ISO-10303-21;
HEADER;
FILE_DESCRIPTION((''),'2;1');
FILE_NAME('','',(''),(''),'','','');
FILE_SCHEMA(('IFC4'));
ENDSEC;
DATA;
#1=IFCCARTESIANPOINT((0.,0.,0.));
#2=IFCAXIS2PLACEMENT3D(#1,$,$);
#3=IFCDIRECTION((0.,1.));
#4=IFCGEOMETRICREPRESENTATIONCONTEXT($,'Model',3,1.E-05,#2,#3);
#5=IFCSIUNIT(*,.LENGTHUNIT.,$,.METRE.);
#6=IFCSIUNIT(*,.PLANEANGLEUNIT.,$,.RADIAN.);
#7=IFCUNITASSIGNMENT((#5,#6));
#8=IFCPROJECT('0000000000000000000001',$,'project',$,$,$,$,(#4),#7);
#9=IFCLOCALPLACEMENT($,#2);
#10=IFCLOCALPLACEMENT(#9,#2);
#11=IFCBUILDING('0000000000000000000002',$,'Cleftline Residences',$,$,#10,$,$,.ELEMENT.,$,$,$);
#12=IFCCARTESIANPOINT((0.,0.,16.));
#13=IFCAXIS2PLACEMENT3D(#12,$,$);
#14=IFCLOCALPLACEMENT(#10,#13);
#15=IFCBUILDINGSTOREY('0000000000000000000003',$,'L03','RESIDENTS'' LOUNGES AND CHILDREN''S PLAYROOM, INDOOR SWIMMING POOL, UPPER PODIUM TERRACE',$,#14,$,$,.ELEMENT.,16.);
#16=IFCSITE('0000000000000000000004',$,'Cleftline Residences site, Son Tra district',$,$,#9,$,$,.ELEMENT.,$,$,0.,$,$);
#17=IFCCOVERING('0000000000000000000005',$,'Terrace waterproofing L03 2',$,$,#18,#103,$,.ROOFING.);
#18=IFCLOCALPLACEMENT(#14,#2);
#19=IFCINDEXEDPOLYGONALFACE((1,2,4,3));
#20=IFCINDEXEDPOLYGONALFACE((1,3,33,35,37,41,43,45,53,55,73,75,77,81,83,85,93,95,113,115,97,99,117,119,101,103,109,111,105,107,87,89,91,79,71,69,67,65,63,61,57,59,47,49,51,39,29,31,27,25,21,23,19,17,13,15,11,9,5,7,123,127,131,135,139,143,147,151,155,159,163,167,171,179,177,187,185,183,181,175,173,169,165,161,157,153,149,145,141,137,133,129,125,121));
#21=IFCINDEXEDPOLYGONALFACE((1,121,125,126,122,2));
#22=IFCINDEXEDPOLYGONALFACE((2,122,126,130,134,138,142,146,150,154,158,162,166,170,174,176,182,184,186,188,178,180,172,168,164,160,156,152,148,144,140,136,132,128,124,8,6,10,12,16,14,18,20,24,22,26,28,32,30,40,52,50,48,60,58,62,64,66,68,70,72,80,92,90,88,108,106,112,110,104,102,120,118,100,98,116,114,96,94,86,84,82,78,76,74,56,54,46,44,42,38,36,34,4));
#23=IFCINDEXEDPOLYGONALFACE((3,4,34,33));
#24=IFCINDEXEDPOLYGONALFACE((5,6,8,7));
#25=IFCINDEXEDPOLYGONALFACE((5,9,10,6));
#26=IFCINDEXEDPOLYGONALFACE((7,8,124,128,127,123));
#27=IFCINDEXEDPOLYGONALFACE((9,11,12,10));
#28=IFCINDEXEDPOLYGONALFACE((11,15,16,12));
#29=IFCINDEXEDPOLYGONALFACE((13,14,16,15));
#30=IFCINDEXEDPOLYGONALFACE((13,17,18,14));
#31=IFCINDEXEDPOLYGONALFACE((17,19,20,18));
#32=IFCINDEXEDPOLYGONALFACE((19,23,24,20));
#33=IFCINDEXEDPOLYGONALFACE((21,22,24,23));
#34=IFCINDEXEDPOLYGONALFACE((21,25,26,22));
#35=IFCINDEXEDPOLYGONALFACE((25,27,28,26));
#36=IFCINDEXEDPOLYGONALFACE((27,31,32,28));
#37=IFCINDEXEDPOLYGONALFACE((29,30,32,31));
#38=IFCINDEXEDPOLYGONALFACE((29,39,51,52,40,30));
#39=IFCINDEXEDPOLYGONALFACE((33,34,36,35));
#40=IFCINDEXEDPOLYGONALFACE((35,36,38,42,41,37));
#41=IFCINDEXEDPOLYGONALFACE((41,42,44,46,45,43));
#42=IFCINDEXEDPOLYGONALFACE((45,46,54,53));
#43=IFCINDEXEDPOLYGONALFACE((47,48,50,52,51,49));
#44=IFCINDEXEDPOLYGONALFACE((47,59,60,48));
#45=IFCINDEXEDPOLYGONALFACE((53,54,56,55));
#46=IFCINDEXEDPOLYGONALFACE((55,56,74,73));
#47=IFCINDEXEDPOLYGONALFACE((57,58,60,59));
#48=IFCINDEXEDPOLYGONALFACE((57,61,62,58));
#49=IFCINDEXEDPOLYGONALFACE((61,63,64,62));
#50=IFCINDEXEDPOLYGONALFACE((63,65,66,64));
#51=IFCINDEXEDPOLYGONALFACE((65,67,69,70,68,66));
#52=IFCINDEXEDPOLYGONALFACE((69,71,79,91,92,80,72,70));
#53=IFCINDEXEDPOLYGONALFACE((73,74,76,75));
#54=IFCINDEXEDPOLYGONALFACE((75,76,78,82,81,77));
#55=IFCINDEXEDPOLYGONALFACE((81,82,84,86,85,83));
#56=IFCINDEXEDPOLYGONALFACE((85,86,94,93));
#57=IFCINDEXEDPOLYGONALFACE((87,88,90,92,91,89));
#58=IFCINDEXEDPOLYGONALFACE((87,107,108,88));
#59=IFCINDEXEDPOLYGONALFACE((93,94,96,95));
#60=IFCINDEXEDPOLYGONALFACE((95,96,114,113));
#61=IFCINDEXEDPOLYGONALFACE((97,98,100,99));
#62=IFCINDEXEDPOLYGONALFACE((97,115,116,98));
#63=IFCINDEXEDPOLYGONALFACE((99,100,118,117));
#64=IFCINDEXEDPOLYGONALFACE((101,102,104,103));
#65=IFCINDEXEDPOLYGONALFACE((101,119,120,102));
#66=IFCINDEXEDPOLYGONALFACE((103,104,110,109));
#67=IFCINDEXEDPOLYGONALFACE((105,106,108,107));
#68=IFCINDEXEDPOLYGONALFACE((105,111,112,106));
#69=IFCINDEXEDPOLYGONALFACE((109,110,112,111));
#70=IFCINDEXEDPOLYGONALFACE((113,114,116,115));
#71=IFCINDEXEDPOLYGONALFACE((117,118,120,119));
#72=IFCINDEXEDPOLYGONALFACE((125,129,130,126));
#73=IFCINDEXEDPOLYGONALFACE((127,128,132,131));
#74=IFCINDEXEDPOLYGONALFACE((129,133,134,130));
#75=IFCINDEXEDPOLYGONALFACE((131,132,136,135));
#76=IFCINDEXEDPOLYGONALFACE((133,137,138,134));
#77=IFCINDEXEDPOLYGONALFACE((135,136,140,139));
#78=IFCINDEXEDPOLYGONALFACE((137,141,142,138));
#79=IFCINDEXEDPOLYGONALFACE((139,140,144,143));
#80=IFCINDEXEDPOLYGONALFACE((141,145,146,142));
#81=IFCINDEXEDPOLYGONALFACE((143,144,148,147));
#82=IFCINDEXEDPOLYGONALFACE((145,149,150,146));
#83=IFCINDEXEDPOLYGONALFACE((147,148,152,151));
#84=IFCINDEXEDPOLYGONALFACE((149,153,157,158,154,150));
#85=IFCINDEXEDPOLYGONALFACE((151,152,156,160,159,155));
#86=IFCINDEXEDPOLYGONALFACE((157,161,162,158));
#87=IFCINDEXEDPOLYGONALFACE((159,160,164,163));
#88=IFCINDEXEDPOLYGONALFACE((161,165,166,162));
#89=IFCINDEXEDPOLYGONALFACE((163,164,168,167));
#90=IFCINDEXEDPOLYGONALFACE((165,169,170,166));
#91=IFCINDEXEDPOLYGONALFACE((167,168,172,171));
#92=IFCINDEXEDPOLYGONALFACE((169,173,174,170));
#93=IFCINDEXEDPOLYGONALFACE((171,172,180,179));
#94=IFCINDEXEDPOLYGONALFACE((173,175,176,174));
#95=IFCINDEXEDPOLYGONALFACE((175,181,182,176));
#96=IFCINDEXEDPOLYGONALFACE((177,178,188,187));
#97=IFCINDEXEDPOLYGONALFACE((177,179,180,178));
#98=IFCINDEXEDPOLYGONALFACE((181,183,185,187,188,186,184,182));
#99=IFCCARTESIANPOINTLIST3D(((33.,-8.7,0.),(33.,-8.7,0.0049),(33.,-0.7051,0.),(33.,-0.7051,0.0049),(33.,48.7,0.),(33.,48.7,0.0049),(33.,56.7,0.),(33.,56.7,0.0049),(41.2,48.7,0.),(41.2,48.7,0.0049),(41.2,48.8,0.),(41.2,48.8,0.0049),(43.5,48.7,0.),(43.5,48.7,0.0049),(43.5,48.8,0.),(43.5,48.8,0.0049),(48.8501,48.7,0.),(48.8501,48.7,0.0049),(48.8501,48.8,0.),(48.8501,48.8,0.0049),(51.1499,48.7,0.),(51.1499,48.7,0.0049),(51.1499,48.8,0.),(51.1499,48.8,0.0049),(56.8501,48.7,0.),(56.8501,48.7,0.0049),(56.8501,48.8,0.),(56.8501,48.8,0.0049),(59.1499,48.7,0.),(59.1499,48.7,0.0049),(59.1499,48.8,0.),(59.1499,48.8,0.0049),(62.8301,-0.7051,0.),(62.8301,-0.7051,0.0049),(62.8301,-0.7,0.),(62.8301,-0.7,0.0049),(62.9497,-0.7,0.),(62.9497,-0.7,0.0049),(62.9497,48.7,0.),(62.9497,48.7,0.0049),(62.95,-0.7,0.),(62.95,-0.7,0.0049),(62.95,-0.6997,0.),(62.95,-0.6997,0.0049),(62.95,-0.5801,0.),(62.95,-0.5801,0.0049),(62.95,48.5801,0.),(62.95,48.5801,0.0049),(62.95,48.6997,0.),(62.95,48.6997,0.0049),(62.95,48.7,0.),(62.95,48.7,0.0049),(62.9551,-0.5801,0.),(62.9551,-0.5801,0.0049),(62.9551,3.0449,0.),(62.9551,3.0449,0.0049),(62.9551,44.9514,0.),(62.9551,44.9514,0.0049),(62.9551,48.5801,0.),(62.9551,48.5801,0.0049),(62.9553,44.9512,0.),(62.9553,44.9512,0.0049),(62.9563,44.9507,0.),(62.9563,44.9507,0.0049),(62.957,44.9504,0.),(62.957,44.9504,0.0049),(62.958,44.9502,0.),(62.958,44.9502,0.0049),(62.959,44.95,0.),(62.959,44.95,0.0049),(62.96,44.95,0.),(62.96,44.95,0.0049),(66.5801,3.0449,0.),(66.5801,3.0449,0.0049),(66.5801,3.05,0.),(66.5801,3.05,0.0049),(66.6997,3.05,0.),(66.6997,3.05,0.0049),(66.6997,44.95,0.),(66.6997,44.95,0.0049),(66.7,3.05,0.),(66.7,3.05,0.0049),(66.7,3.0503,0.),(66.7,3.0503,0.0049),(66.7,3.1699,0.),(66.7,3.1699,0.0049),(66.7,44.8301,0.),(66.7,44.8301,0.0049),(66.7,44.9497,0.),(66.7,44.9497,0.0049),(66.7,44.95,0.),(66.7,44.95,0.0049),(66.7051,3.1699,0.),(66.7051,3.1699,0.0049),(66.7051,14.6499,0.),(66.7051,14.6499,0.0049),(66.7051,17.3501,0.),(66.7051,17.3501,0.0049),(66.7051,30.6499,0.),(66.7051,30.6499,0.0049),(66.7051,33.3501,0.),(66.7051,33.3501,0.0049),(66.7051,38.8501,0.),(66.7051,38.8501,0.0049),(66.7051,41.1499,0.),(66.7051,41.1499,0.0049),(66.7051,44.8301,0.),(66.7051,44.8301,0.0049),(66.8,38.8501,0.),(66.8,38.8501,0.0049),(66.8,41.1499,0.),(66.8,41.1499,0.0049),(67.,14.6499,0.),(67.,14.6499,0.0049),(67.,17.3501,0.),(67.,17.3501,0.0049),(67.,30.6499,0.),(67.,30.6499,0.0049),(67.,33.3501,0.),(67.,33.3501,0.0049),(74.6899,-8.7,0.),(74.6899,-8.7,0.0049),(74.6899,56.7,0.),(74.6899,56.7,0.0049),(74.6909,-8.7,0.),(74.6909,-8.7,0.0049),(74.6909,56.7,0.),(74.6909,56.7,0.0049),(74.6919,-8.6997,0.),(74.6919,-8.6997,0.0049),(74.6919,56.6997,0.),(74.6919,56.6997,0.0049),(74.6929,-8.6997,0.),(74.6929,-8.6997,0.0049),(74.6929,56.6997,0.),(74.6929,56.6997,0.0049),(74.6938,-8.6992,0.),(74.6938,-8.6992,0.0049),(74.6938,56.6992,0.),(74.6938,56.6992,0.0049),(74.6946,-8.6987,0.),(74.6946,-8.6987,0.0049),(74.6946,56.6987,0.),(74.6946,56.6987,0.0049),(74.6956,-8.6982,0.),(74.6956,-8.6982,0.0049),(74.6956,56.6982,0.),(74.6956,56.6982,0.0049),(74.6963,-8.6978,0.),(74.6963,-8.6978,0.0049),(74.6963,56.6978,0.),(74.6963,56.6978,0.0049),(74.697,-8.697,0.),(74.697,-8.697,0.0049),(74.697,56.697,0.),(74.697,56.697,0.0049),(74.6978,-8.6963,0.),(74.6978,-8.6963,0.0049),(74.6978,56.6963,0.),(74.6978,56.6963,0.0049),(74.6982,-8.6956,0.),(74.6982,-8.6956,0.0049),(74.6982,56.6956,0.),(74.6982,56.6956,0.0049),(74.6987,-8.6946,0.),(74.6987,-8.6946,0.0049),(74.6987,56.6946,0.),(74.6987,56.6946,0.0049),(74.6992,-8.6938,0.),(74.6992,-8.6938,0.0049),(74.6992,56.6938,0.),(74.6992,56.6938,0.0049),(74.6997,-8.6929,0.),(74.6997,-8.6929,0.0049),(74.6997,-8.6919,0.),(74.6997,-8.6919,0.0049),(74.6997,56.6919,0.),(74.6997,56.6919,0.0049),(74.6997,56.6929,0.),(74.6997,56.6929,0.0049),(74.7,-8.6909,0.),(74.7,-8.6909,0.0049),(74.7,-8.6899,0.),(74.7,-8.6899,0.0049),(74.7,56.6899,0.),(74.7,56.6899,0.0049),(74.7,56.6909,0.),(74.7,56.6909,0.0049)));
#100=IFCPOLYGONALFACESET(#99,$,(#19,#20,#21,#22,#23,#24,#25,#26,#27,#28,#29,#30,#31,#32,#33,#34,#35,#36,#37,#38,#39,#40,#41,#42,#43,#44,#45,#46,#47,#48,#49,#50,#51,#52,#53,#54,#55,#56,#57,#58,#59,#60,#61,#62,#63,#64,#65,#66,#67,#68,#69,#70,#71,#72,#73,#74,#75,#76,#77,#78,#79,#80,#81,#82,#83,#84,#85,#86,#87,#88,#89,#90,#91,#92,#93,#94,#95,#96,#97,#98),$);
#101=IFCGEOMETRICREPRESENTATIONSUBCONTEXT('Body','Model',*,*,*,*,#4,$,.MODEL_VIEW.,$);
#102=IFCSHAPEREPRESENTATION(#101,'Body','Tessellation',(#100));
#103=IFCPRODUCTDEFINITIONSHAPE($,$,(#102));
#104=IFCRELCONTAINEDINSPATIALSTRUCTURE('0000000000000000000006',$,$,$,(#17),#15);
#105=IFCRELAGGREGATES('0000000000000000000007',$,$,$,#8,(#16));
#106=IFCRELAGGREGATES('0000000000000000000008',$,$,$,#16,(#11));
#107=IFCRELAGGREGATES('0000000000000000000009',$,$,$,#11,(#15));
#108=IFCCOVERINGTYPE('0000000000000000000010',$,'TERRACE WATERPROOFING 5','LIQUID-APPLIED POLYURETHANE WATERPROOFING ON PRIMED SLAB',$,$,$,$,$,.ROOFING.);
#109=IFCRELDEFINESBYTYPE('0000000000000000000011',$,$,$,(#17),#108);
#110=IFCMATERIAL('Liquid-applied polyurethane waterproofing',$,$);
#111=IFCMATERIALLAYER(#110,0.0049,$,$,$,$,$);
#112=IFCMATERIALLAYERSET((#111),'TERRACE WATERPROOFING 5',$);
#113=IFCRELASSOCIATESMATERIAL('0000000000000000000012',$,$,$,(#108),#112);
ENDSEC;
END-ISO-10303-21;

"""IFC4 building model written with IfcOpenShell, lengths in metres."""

from ifc_helpers import new_model, si_unit, direction, frame, origin, place, context, subcontext, project, spatial, polyline, outline, extrude, material, layer, layer_set, type_object, element, save


model = new_model("IFC4")

# Units and contexts
model_context = context("Model", 3, precision=1e-05, world=origin(), true_north=direction((0.0, 1.0)))
body_context = subcontext(model_context, "Body", "Model", "MODEL_VIEW")
ifc_project = project(units=[si_unit("LENGTHUNIT", "METRE"), si_unit("PLANEANGLEUNIT", "RADIAN")], contexts=[model_context])

# Site, building, storey
site_placement = place(None, origin())
site = spatial("IfcSite", under=ifc_project, at=site_placement, Name="Cleftline Residences site, Son Tra district", CompositionType="ELEMENT", RefElevation=0.0)
building_placement = place(site_placement, origin())
building = spatial("IfcBuilding", under=site, at=building_placement, Name="Cleftline Residences", CompositionType="ELEMENT")
storey_placement = place(building_placement, frame((0.0, 0.0, 16.0)))
storey = spatial("IfcBuildingStorey", under=building, at=storey_placement, Name="L03", Description="RESIDENTS' LOUNGES AND CHILDREN'S PLAYROOM, INDOOR SWIMMING POOL, UPPER PODIUM TERRACE", CompositionType="ELEMENT", Elevation=16.0)

# Covering
ifc_material_1 = material(Name="Liquid-applied polyurethane waterproofing")
ifc_layer_1 = layer(ifc_material_1, 0.0049)
ifc_layer_set_1 = layer_set([ifc_layer_1], Name="TERRACE WATERPROOFING 5")
covering_type_1 = type_object("IfcCoveringType", Name="TERRACE WATERPROOFING 5", Description="LIQUID-APPLIED POLYURETHANE WATERPROOFING ON PRIMED SLAB", PredefinedType="ROOFING", material=ifc_layer_set_1)
covering_1_placement = place(storey_placement, origin())
element("IfcCovering", 1, at=covering_1_placement, inside=storey, type_object=covering_type_1, Name="Terrace waterproofing L03 2", PredefinedType="ROOFING", context=body_context, shape_type="SweptSolid", body=[
    extrude(outline(polyline([(33.0, 56.7), (33.0, 48.7), (41.2, 48.7), (41.2, 48.8), (43.5, 48.8), (43.5, 48.7), (48.8501, 48.7), (48.8501, 48.8), (51.1499, 48.8), (51.1499, 48.7), (56.8501, 48.7), (56.8501, 48.8), (59.1499, 48.8), (59.1499, 48.7), (62.9497, 48.7), (62.95, 48.7), (62.95, 48.6997), (62.95, 48.5801), (62.9551, 48.5801), (62.9551, 44.9514), (62.9553, 44.9512), (62.9563, 44.9507), (62.957, 44.9504), (62.958, 44.9502), (62.959, 44.95), (62.96, 44.95), (66.6997, 44.95), (66.7, 44.95), (66.7, 44.9497), (66.7, 44.8301), (66.7051, 44.8301), (66.7051, 41.1499), (66.8, 41.1499), (66.8, 38.8501), (66.7051, 38.8501), (66.7051, 33.3501), (67.0, 33.3501), (67.0, 30.6499), (66.7051, 30.6499), (66.7051, 17.3501), (67.0, 17.3501), (67.0, 14.6499), (66.7051, 14.6499), (66.7051, 3.1699), (66.7, 3.1699), (66.7, 3.0503), (66.7, 3.05), (66.6997, 3.05), (66.5801, 3.05), (66.5801, 3.0449), (62.9551, 3.0449), (62.9551, -0.5801), (62.95, -0.5801), (62.95, -0.6997), (62.95, -0.7), (62.9497, -0.7), (62.8301, -0.7), (62.8301, -0.7051), (33.0, -0.7051), (33.0, -8.7), (74.6899, -8.7), (74.6909, -8.7), (74.6919, -8.6997), (74.6929, -8.6997), (74.6938, -8.6992), (74.6946, -8.6987), (74.6956, -8.6982), (74.6963, -8.6978), (74.697, -8.697), (74.6978, -8.6963), (74.6982, -8.6956), (74.6987, -8.6946), (74.6992, -8.6938), (74.6997, -8.6929), (74.6997, -8.6919), (74.7, -8.6909), (74.7, -8.6899), (74.7, 56.6899), (74.7, 56.6909), (74.6997, 56.6919), (74.6997, 56.6929), (74.6992, 56.6938), (74.6987, 56.6946), (74.6982, 56.6956), (74.6978, 56.6963), (74.697, 56.697), (74.6963, 56.6978), (74.6956, 56.6982), (74.6946, 56.6987), (74.6938, 56.6992), (74.6929, 56.6997), (74.6919, 56.6997), (74.6909, 56.7), (74.6899, 56.7), (33.0, 56.7)])), origin(), (0.0, 0.0, 1.0), 0.0049),
])

save(model, "model.ifc")
